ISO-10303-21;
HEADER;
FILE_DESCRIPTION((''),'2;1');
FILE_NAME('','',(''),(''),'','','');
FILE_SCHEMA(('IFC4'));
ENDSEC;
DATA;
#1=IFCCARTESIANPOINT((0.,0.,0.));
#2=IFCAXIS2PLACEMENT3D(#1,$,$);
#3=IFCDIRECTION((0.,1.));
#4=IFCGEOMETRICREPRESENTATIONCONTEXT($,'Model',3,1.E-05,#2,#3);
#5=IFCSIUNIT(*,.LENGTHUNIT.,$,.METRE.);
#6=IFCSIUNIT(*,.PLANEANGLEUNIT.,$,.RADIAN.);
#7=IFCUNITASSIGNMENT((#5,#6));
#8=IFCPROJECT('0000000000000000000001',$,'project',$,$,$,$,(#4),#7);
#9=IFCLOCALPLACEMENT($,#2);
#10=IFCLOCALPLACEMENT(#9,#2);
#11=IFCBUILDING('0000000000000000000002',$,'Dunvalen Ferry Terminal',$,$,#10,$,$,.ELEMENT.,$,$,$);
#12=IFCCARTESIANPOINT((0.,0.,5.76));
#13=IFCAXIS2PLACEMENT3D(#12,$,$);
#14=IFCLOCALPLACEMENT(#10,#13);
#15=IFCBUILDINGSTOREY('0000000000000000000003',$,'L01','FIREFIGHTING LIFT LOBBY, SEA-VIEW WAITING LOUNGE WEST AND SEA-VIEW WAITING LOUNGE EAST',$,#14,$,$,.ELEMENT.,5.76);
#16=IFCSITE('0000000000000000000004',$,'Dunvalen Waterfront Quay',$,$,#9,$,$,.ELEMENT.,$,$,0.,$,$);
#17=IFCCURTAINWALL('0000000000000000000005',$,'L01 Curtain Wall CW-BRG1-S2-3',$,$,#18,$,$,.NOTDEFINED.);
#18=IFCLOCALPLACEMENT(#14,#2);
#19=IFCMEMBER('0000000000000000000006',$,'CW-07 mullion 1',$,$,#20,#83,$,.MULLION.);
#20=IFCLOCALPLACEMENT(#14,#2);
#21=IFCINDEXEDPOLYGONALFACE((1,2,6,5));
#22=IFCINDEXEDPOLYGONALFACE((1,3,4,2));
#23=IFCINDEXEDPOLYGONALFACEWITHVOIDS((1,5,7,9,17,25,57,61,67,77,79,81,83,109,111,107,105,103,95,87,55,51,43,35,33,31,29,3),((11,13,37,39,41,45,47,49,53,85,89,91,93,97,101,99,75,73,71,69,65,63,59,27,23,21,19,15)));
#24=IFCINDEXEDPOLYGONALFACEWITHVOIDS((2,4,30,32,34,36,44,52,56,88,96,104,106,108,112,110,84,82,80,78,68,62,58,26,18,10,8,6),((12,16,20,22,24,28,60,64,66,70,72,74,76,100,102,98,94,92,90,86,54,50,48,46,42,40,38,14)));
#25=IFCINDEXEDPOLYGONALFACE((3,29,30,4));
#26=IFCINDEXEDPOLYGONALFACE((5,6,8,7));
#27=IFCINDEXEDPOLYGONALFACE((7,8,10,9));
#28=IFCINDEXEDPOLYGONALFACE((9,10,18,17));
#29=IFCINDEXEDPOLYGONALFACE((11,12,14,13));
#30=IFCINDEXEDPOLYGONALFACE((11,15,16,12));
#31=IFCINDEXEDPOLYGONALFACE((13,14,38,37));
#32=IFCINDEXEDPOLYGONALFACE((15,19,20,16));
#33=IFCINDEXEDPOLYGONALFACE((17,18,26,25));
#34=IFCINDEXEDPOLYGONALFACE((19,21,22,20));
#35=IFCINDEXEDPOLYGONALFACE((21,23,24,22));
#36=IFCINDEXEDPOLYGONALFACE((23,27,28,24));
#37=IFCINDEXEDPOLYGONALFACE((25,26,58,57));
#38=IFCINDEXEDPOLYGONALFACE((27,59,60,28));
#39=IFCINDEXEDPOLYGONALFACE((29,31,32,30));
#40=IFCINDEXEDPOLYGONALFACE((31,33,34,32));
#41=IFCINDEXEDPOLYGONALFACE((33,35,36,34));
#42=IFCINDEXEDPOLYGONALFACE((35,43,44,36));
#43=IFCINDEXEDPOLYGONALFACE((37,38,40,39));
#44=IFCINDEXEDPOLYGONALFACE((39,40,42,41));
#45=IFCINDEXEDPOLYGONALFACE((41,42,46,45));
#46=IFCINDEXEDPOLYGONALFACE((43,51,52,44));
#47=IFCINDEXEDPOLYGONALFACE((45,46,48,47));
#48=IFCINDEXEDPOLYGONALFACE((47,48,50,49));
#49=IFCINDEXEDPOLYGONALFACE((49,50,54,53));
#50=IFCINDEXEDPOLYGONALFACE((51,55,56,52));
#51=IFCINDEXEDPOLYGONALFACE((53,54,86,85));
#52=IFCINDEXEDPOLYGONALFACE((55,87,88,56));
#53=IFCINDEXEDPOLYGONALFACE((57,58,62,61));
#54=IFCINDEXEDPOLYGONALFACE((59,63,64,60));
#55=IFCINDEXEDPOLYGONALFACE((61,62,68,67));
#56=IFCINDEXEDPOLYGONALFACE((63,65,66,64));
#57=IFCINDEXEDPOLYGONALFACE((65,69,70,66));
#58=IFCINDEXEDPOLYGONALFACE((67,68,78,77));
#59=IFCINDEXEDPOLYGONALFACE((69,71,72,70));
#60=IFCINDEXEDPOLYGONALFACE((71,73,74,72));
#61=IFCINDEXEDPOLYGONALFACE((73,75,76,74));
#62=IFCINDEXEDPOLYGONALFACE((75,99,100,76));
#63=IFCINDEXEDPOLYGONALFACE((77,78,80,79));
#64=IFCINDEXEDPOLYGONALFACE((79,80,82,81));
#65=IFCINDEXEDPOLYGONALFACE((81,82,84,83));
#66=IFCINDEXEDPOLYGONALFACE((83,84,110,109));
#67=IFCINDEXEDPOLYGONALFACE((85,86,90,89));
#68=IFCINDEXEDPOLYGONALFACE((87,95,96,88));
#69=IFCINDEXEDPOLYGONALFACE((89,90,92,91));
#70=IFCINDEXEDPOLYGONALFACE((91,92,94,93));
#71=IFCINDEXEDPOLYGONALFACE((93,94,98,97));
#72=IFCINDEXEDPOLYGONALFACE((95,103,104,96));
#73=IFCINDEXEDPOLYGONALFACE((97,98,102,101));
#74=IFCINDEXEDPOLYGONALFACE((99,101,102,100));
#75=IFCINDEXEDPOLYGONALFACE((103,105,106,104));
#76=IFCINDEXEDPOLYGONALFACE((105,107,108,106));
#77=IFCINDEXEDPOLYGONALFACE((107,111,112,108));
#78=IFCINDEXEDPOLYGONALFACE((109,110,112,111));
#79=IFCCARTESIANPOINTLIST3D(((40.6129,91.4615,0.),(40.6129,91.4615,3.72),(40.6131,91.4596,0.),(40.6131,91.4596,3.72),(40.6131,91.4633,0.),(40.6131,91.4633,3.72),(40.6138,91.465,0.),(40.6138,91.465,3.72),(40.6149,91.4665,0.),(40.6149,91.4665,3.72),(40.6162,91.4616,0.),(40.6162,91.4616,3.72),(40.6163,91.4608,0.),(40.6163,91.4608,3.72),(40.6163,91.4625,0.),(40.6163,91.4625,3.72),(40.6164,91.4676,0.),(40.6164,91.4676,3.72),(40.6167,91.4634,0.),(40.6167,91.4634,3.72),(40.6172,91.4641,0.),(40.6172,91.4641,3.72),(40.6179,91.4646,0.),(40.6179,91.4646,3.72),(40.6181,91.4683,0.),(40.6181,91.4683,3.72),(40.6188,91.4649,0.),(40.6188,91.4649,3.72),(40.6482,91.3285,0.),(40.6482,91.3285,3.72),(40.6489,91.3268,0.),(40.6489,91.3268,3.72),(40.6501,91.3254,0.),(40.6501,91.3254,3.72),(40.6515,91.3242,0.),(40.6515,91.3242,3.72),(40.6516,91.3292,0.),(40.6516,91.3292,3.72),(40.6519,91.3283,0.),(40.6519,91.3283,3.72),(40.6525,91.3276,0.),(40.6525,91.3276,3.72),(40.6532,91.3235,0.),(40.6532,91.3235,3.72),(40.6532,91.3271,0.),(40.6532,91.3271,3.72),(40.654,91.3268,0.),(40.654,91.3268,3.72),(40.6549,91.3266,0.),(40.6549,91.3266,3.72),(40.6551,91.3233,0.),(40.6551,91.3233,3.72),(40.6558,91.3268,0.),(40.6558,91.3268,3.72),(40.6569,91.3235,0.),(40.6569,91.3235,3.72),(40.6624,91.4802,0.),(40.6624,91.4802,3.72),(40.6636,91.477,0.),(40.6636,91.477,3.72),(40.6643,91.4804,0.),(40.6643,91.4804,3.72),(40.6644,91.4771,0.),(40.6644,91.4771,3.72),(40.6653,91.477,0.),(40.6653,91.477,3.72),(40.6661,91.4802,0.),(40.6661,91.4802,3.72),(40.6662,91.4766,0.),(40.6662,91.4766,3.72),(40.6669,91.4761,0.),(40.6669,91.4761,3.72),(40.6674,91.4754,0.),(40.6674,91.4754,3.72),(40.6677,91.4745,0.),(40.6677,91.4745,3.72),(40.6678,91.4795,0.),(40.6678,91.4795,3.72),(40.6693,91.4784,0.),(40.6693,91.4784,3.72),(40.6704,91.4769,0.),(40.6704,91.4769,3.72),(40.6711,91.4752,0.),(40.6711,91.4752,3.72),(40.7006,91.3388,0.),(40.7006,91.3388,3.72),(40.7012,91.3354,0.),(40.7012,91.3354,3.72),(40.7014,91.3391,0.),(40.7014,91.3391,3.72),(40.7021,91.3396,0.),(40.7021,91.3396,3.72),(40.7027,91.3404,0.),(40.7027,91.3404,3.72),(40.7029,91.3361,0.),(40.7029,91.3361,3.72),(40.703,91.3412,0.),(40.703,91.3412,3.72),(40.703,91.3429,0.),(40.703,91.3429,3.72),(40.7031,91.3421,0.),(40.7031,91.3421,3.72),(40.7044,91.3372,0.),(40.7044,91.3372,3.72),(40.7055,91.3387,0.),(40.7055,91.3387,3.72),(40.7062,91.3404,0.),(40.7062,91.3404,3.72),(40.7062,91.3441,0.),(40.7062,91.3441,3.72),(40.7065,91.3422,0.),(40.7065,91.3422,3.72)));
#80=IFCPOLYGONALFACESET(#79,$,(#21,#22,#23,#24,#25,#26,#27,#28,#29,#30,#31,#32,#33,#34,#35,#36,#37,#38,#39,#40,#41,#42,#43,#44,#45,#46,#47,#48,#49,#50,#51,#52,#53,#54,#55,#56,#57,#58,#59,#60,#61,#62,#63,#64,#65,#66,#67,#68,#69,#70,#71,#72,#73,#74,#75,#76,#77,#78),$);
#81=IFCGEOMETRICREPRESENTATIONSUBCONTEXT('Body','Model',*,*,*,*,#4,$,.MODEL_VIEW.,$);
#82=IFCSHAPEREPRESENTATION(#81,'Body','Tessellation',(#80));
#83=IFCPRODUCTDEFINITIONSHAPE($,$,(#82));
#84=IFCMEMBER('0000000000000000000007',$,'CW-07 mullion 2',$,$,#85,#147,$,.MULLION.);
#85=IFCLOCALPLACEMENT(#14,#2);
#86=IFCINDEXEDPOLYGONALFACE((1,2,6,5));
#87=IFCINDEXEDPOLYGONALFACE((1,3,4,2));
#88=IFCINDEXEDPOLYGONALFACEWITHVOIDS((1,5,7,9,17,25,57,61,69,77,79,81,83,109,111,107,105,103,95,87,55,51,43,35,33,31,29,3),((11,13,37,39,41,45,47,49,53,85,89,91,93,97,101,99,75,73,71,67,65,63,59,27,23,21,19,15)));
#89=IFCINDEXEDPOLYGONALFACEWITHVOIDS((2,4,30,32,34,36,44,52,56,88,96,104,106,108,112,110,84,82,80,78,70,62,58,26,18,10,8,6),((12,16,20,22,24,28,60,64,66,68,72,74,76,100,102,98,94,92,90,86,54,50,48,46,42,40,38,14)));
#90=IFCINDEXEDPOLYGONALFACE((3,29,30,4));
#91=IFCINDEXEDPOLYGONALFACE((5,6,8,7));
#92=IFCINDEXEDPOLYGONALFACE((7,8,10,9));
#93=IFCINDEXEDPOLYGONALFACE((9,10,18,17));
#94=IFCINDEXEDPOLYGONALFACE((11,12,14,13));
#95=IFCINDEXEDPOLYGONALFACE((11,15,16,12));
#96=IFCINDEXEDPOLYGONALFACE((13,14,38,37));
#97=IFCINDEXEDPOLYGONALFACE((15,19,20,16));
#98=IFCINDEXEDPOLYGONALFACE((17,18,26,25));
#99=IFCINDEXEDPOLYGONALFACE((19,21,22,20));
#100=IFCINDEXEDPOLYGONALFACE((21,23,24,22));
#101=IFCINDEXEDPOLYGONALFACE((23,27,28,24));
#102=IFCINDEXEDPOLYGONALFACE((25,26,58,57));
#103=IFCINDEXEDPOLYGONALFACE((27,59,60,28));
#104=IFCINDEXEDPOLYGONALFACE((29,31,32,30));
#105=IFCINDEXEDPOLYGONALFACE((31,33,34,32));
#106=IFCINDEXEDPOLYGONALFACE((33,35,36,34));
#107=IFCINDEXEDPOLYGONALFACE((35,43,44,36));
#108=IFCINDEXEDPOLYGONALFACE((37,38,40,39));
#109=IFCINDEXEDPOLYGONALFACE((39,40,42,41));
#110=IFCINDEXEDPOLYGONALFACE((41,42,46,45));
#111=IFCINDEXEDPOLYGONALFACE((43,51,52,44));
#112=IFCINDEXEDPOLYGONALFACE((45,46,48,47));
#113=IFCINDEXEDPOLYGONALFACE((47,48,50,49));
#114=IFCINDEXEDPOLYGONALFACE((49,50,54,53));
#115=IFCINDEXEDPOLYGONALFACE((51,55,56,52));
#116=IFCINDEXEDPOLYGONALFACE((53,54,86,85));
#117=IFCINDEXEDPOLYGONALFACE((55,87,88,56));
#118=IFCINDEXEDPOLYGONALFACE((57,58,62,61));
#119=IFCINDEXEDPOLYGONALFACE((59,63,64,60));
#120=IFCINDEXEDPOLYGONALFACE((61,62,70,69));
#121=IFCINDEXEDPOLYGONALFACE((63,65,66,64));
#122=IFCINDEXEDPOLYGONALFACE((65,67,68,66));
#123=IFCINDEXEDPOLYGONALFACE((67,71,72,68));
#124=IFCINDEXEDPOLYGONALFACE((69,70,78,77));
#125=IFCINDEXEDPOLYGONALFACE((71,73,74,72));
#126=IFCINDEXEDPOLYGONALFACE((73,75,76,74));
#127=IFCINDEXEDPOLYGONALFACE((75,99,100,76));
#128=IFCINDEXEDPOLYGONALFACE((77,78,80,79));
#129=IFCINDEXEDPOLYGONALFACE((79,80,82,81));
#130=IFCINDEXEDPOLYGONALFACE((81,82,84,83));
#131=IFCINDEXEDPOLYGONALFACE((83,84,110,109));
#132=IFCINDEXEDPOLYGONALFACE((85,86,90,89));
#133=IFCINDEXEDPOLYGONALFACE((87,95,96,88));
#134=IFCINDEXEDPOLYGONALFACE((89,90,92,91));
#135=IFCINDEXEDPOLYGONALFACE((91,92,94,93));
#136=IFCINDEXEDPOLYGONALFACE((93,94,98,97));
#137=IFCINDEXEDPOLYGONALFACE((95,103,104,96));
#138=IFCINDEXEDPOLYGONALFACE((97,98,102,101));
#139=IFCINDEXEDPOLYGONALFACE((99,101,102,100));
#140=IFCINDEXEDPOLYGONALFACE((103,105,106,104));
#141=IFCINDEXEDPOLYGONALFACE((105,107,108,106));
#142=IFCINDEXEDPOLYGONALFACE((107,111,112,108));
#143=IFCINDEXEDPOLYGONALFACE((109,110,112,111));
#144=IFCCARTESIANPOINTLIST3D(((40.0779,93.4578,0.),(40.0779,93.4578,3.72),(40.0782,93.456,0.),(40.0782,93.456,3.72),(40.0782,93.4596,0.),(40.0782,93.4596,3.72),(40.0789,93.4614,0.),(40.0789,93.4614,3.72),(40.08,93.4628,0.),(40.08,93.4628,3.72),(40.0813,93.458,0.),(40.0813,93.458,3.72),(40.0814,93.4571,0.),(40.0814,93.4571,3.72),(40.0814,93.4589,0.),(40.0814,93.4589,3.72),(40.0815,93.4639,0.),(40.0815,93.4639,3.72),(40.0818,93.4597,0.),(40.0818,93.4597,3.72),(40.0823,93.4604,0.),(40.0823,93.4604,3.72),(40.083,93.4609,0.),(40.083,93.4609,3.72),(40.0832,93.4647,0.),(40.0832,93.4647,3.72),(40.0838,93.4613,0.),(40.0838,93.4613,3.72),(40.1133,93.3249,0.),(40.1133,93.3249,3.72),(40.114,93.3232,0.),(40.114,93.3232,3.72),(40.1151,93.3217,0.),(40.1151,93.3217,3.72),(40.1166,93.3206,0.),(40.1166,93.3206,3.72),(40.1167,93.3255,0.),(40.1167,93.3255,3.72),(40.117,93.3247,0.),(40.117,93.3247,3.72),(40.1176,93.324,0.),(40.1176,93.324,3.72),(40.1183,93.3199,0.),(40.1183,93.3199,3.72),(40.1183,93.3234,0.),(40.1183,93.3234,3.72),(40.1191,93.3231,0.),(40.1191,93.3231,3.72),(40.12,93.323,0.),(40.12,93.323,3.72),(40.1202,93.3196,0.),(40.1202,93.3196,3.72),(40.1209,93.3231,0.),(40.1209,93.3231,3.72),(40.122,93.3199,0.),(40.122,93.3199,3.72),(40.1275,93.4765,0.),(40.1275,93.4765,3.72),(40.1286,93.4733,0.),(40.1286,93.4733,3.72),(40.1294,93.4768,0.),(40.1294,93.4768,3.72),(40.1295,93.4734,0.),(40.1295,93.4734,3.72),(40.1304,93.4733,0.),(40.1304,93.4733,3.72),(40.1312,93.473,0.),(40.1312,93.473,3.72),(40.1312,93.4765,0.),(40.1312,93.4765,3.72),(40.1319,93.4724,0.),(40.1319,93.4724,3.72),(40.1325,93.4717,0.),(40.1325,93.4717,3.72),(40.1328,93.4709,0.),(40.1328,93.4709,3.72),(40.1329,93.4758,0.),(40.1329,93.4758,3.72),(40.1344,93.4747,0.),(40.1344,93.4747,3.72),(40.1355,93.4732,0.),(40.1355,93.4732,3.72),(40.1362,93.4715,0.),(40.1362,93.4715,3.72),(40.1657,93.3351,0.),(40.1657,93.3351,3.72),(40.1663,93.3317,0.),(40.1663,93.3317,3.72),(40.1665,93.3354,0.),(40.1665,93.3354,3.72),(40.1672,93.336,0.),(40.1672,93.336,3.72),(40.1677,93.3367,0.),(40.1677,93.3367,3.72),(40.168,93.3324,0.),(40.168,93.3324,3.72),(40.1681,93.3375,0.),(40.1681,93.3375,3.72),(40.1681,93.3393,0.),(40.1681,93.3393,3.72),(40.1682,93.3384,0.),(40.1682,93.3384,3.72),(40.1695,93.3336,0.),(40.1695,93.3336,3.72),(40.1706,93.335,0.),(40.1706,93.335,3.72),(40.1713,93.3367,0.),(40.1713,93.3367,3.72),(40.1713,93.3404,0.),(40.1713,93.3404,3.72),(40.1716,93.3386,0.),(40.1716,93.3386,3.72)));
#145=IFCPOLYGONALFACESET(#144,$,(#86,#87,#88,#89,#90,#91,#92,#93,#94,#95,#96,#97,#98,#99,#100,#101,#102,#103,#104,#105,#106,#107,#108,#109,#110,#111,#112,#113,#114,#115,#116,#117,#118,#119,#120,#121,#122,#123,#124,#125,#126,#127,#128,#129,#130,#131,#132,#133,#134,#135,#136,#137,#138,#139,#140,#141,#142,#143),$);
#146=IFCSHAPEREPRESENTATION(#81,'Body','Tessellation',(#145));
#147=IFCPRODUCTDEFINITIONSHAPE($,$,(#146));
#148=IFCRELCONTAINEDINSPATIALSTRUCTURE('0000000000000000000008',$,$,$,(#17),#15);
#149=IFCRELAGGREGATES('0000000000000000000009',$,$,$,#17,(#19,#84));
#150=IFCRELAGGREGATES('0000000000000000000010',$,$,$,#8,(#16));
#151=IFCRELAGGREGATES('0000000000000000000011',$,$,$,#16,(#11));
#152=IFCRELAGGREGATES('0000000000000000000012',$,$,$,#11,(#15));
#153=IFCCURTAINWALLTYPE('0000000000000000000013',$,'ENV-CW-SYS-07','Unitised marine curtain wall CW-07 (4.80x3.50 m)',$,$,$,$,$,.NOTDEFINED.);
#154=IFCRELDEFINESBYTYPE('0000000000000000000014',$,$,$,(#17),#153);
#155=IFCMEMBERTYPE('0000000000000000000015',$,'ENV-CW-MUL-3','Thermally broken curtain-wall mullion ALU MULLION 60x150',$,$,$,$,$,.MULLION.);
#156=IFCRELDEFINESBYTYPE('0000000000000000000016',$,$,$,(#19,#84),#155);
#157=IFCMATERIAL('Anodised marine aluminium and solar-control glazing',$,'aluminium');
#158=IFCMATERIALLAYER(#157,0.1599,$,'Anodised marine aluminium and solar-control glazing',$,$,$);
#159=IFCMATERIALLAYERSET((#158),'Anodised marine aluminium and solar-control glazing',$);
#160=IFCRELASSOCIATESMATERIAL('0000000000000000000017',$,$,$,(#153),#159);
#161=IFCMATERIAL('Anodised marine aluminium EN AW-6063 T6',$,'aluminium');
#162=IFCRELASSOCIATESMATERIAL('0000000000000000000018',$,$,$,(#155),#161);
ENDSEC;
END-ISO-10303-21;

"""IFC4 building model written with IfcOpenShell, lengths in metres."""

from ifc_helpers import new_model, si_unit, direction, frame, origin, origin_2d, place, context, subcontext, project, spatial, hollow_rectangle, extrude, material, layer, layer_set, material_profile, profile_set, type_object, element, aggregate, save


model = new_model("IFC4")

# Units and contexts
model_context = context("Model", 3, precision=1e-05, world=origin(), true_north=direction((0.0, 1.0)))
body_context = subcontext(model_context, "Body", "Model", "MODEL_VIEW")
ifc_project = project(units=[si_unit("LENGTHUNIT", "METRE"), si_unit("PLANEANGLEUNIT", "RADIAN")], contexts=[model_context])

# Site, building, storey
site_placement = place(None, origin())
site = spatial("IfcSite", under=ifc_project, at=site_placement, Name="Dunvalen Waterfront Quay", CompositionType="ELEMENT", RefElevation=0.0)
building_placement = place(site_placement, origin())
building = spatial("IfcBuilding", under=site, at=building_placement, Name="Dunvalen Ferry Terminal", CompositionType="ELEMENT")
storey_placement = place(building_placement, frame((0.0, 0.0, 5.76)))
storey = spatial("IfcBuildingStorey", under=building, at=storey_placement, Name="L01", Description="FIREFIGHTING LIFT LOBBY, SEA-VIEW WAITING LOUNGE WEST AND SEA-VIEW WAITING LOUNGE EAST", CompositionType="ELEMENT", Elevation=5.76)

# Curtain wall, members
ifc_material_1 = material(Name="Anodised marine aluminium and solar-control glazing", Category="aluminium")
ifc_layer_1 = layer(ifc_material_1, 0.1599, Name="Anodised marine aluminium and solar-control glazing")
ifc_layer_set_1 = layer_set([ifc_layer_1], Name="Anodised marine aluminium and solar-control glazing")
curtain_wall_type = type_object("IfcCurtainWallType", Name="ENV-CW-SYS-07", Description="Unitised marine curtain wall CW-07 (4.80x3.50 m)", PredefinedType="NOTDEFINED", material=ifc_layer_set_1)
ifc_material_2 = material(Name="Anodised marine aluminium EN AW-6063 T6", Category="aluminium")
ifc_material_profile_1 = material_profile(ifc_material_2, hollow_rectangle(XDim=0.0601, YDim=0.1499, WallThickness=0.0034, InnerFilletRadius=0.0034, OuterFilletRadius=0.0071, at=origin_2d()), Name="Anodised marine aluminium EN AW-6063 T6")
ifc_profile_set_1 = profile_set([ifc_material_profile_1], Name="Anodised marine aluminium EN AW-6063 T6")
member_type_1 = type_object("IfcMemberType", Name="ENV-CW-MUL-3", Description="Thermally broken curtain-wall mullion ALU MULLION 60x150", PredefinedType="MULLION", material=ifc_profile_set_1)
curtain_wall_1_placement = place(storey_placement, origin())
curtain_wall_1 = element("IfcCurtainWall", 1, at=curtain_wall_1_placement, inside=storey, type_object=curtain_wall_type, Name="L01 Curtain Wall CW-BRG1-S2-3", PredefinedType="NOTDEFINED")
member_1_placement = place(storey_placement, frame((40.6597, 91.4019, 0.0), z_axis=(0.0, 0.0, 1.0), x_axis=(-0.965935, -0.258786, 0.0)))
member_1 = element("IfcMember", 2, at=member_1_placement, type_object=member_type_1, Name="CW-07 mullion 1", PredefinedType="MULLION", context=body_context, shape_type="SweptSolid", body=[
    extrude(hollow_rectangle(XDim=0.0601, YDim=0.1499, WallThickness=0.0034, InnerFilletRadius=0.0034, OuterFilletRadius=0.0071, at=origin_2d()), origin(), (0.0, 0.0, 1.0), 3.72),
])
member_2_placement = place(storey_placement, frame((40.1248, 93.3982, 0.0), z_axis=(0.0, 0.0, 1.0), x_axis=(-0.965935, -0.258786, 0.0)))
member_2 = element("IfcMember", 3, at=member_2_placement, type_object=member_type_1, Name="CW-07 mullion 2", PredefinedType="MULLION", context=body_context, shape_type="SweptSolid", body=[
    extrude(hollow_rectangle(XDim=0.0601, YDim=0.1499, WallThickness=0.0034, InnerFilletRadius=0.0034, OuterFilletRadius=0.0071, at=origin_2d()), origin(), (0.0, 0.0, 1.0), 3.72),
])

aggregate(curtain_wall_1, [member_1, member_2])

save(model, "model.ifc")
